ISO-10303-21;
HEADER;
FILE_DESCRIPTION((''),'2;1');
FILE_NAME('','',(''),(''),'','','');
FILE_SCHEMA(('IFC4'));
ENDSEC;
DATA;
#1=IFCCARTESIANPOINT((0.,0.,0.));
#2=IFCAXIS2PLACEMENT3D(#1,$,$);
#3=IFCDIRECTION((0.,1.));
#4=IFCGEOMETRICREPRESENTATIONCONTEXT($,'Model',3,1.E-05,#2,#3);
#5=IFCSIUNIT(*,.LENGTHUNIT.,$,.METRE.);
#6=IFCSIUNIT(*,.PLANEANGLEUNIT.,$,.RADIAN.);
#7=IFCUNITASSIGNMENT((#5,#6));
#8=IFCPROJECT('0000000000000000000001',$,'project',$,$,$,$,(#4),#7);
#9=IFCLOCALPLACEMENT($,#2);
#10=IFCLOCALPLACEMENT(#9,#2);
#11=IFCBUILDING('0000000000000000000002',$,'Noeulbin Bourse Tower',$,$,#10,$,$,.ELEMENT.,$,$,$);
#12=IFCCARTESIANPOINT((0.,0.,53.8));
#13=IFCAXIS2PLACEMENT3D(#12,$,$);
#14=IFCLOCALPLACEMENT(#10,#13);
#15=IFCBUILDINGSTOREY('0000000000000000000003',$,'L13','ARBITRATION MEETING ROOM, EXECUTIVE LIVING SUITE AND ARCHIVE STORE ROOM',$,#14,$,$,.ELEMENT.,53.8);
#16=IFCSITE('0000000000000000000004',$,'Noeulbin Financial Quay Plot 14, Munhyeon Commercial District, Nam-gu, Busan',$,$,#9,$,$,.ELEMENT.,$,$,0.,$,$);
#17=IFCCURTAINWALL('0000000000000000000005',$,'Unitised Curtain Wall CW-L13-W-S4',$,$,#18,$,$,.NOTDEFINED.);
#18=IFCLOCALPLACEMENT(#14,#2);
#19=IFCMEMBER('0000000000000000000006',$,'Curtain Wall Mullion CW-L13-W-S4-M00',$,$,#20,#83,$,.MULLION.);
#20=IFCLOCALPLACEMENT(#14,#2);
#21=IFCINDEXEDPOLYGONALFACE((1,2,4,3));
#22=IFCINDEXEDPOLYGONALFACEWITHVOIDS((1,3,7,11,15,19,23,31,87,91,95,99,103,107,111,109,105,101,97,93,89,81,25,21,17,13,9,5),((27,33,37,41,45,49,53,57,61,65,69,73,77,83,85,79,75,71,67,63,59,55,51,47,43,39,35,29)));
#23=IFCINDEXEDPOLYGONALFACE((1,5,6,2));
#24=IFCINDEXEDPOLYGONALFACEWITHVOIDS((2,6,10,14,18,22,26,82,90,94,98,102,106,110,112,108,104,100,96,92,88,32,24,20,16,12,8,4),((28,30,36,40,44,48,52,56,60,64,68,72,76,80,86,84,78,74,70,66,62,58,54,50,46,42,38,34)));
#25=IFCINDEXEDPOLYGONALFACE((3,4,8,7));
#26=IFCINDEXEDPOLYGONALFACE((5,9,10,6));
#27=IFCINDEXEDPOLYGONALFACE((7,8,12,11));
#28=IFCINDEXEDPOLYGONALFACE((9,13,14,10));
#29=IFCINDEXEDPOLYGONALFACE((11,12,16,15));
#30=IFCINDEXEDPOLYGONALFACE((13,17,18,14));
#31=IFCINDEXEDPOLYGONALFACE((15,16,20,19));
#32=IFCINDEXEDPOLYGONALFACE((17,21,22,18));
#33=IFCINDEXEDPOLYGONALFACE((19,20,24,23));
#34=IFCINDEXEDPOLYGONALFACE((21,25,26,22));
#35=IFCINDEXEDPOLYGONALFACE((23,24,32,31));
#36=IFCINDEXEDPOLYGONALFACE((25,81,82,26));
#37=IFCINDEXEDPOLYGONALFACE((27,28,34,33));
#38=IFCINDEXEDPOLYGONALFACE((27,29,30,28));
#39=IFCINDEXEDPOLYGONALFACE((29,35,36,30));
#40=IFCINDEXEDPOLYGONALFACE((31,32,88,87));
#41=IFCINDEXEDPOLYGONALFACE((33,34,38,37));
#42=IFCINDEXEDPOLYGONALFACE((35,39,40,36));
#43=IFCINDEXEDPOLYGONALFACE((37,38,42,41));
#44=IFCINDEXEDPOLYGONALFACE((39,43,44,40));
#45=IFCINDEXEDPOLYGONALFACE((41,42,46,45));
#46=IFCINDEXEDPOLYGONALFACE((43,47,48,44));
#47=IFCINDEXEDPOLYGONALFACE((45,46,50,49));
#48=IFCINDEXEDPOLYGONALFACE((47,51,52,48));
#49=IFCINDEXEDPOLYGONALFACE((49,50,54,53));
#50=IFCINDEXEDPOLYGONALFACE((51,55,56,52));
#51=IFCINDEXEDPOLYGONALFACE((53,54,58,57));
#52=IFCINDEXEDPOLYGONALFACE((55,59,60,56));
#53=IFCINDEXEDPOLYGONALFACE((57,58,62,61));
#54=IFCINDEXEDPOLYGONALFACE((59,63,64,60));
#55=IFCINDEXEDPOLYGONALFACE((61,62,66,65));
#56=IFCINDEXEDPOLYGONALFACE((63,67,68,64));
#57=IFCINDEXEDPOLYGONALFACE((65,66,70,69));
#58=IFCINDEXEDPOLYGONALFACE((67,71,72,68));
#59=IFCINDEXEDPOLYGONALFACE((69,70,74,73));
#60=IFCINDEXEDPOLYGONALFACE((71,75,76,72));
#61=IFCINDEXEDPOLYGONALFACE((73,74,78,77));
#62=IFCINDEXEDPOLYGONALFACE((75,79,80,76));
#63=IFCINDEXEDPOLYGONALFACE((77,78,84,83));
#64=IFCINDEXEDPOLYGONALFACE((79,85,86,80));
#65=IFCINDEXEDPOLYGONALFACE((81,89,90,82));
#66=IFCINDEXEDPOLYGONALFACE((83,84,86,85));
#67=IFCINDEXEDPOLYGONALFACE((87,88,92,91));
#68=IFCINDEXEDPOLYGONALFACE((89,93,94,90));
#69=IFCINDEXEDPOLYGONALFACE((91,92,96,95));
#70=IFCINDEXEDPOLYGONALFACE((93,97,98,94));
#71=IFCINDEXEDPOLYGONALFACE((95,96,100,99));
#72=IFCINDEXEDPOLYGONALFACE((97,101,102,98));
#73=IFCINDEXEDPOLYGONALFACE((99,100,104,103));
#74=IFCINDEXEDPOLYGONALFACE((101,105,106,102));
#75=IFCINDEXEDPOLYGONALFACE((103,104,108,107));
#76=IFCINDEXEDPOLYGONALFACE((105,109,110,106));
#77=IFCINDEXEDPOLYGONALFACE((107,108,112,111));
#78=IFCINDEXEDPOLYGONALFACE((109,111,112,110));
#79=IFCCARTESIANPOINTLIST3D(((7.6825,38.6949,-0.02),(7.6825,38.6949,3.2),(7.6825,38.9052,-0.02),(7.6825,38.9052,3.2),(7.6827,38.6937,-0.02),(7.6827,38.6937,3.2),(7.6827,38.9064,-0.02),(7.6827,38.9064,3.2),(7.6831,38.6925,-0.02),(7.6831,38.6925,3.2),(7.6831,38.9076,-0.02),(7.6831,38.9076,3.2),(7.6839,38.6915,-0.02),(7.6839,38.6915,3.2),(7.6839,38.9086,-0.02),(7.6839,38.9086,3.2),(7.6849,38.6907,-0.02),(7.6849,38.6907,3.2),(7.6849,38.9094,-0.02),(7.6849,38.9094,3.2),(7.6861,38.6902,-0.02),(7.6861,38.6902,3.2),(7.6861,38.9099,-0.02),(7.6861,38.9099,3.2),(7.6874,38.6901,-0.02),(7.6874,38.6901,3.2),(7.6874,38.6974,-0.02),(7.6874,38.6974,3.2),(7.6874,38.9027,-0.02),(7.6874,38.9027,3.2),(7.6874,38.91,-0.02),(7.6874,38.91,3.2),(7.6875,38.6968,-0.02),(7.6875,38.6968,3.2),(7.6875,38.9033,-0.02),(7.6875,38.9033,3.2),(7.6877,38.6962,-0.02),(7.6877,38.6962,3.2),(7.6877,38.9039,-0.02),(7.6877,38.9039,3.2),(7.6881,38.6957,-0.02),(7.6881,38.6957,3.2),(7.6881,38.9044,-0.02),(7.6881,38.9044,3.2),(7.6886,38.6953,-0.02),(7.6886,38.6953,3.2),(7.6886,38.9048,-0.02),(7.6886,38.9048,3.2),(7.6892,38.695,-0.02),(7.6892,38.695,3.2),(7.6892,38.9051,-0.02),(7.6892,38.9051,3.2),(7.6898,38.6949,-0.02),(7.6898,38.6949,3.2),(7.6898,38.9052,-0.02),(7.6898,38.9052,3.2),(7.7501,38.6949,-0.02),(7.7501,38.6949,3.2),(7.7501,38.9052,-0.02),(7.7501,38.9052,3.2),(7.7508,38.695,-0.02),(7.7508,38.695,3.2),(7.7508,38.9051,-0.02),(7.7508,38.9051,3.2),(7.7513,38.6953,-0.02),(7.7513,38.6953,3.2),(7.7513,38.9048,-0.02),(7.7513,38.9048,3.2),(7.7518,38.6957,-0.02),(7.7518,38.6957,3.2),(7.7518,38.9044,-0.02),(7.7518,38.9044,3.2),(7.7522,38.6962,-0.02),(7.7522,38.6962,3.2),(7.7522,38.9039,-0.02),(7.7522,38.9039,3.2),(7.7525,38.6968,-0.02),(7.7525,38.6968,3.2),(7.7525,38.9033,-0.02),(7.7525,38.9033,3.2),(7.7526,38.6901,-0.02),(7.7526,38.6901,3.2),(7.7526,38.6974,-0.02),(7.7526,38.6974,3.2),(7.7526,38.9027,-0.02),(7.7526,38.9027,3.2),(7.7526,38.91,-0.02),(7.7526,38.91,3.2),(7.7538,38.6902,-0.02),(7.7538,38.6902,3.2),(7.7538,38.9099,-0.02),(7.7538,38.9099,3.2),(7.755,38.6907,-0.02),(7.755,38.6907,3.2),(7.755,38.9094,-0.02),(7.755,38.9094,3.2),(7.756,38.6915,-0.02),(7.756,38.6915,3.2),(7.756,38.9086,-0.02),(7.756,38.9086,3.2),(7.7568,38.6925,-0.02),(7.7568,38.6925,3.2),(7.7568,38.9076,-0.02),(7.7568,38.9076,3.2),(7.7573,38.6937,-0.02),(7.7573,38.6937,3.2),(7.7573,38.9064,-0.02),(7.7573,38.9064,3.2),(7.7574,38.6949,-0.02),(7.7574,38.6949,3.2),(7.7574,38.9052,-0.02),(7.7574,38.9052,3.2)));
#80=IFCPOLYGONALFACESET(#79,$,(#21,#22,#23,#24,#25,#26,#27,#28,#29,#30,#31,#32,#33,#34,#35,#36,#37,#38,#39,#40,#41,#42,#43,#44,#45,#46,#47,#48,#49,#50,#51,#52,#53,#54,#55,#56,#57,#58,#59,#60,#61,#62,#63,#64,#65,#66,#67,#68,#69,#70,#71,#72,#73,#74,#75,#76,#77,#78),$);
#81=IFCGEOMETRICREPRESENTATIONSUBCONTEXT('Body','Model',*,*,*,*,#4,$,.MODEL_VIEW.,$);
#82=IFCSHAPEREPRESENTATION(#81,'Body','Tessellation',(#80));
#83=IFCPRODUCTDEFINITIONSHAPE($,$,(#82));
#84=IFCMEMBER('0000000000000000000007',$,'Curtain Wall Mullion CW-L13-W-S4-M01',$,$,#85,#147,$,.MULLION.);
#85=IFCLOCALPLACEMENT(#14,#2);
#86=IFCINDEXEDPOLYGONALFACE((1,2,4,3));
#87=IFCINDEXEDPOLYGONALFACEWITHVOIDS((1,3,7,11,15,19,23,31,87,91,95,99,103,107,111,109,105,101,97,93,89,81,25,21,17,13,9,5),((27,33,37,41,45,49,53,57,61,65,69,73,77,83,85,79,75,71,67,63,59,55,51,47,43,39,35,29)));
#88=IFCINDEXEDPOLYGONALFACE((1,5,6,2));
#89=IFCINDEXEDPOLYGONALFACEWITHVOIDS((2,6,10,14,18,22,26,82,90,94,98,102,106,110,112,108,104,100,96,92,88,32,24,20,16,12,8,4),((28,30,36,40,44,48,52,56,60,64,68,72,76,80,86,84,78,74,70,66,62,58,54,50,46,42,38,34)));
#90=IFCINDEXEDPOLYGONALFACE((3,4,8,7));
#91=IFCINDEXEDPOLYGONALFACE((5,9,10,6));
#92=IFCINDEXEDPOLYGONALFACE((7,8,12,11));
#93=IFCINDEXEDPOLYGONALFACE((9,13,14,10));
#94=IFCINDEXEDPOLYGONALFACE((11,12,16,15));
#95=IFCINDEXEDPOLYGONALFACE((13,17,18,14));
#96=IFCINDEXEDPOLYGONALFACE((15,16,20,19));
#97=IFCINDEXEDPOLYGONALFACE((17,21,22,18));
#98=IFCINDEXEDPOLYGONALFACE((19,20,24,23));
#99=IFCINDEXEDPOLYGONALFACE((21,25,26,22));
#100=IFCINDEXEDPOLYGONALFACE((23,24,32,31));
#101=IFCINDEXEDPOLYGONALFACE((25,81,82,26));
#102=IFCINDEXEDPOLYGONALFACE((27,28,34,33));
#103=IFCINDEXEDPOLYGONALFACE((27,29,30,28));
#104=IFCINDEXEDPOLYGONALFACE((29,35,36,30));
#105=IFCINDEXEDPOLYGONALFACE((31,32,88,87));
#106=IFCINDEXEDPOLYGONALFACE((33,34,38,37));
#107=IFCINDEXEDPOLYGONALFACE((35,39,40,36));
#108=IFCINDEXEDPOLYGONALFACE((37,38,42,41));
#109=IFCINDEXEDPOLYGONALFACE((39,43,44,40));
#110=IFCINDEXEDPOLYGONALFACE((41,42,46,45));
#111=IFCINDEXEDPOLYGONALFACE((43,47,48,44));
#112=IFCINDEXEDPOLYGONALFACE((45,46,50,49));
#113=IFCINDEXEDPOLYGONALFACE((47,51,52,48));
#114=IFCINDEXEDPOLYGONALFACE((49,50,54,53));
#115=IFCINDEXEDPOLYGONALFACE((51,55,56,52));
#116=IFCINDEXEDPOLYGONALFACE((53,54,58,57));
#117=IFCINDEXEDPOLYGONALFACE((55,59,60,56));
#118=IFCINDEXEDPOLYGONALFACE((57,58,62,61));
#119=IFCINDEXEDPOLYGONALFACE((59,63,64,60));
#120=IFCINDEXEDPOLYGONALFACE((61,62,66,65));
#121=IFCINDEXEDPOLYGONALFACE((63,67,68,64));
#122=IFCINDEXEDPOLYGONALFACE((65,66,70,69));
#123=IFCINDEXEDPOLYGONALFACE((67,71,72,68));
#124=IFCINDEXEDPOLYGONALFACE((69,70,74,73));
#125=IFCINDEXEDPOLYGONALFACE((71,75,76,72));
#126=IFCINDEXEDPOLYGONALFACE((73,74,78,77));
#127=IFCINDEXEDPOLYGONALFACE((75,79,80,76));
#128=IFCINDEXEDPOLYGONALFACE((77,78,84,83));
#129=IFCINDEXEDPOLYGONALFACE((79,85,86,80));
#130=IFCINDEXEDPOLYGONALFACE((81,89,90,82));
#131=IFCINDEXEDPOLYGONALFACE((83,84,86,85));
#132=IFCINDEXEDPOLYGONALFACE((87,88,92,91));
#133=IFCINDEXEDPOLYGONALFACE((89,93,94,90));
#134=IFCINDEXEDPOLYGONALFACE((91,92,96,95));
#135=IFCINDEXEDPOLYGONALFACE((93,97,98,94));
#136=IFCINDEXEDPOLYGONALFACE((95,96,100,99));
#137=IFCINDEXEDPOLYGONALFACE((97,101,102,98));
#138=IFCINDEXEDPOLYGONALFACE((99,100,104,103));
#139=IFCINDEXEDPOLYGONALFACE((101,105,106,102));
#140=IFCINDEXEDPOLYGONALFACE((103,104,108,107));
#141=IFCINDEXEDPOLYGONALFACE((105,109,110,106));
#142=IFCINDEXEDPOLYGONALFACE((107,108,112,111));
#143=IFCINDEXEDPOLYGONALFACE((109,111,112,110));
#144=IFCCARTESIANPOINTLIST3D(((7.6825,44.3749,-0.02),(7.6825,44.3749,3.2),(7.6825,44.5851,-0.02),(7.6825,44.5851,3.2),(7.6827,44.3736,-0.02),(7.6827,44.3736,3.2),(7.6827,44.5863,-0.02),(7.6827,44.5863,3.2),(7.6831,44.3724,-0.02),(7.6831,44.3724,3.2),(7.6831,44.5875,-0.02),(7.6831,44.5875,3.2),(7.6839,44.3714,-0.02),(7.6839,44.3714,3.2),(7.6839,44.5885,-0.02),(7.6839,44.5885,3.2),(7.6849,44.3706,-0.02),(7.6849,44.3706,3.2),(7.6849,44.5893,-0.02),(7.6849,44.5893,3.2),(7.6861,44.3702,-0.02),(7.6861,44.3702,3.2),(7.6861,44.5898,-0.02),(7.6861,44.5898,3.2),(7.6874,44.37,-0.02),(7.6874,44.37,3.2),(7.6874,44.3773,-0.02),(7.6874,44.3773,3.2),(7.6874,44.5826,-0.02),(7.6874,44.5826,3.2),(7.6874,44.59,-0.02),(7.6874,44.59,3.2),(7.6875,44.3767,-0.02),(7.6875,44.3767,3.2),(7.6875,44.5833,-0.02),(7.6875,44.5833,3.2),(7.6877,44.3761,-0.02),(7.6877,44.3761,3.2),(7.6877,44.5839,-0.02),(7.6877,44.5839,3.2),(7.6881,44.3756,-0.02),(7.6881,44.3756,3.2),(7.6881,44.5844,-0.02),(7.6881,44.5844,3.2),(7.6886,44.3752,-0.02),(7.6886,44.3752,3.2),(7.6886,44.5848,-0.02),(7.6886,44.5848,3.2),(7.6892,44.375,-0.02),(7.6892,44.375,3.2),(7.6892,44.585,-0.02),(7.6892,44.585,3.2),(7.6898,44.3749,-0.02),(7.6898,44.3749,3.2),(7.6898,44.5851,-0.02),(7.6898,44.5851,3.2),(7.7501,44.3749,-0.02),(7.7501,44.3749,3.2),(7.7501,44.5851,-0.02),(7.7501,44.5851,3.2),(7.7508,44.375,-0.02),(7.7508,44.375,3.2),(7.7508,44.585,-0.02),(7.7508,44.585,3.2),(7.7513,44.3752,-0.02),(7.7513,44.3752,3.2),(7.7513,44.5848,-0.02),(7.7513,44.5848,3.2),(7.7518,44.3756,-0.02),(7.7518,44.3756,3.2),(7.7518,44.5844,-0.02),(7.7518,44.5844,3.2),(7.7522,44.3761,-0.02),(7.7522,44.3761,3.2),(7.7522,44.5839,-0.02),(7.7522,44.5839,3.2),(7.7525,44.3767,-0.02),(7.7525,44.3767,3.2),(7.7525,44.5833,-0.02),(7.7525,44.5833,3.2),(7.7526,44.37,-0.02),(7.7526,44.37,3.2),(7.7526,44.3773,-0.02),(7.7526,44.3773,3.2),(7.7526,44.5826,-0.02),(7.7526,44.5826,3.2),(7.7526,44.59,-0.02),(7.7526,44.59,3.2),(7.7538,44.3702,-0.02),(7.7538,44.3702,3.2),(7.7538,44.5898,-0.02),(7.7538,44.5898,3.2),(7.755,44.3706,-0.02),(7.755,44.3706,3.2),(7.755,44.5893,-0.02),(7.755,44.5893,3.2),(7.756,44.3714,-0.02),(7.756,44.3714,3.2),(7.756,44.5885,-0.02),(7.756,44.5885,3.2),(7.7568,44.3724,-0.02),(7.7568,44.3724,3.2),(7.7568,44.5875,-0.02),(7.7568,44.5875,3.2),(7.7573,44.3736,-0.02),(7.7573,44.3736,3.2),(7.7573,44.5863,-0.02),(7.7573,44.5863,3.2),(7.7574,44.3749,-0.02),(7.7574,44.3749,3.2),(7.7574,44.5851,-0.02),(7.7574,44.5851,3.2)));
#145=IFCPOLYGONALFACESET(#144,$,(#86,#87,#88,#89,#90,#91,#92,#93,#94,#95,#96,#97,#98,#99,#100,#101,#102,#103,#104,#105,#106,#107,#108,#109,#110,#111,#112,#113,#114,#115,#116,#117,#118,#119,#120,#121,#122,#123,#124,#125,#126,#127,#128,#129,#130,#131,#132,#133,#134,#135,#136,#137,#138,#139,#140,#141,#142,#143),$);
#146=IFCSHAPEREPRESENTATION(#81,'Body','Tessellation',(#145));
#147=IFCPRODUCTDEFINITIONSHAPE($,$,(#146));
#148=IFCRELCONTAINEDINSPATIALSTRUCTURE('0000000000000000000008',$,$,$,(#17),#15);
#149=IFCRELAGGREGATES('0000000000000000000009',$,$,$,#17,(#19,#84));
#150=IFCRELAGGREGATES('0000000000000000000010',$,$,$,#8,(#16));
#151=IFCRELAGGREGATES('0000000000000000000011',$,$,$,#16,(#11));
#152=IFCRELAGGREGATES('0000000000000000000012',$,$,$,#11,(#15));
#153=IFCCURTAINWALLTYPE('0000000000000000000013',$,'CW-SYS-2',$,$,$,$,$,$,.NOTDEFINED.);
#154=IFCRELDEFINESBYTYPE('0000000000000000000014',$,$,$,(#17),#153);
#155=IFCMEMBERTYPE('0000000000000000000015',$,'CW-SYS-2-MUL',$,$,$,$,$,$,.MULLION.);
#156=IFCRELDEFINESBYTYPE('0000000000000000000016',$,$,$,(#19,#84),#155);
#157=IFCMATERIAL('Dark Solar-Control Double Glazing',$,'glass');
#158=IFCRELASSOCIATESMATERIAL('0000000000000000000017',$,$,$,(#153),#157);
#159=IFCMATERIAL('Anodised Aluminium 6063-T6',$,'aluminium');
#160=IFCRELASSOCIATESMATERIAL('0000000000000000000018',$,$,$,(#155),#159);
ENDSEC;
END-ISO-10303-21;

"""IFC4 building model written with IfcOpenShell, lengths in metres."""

from ifc_helpers import new_model, si_unit, direction, frame, origin, origin_2d, place, context, subcontext, project, spatial, hollow_rectangle, extrude, material, material_profile, profile_set, type_object, element, aggregate, save


model = new_model("IFC4")

# Units and contexts
model_context = context("Model", 3, precision=1e-05, world=origin(), true_north=direction((0.0, 1.0)))
body_context = subcontext(model_context, "Body", "Model", "MODEL_VIEW")
ifc_project = project(units=[si_unit("LENGTHUNIT", "METRE"), si_unit("PLANEANGLEUNIT", "RADIAN")], contexts=[model_context])

# Site, building, storey
site_placement = place(None, origin())
site = spatial("IfcSite", under=ifc_project, at=site_placement, Name="Noeulbin Financial Quay Plot 14, Munhyeon Commercial District, Nam-gu, Busan", CompositionType="ELEMENT", RefElevation=0.0)
building_placement = place(site_placement, origin())
building = spatial("IfcBuilding", under=site, at=building_placement, Name="Noeulbin Bourse Tower", CompositionType="ELEMENT")
storey_placement = place(building_placement, frame((0.0, 0.0, 53.8)))
storey = spatial("IfcBuildingStorey", under=building, at=storey_placement, Name="L13", Description="ARBITRATION MEETING ROOM, EXECUTIVE LIVING SUITE AND ARCHIVE STORE ROOM", CompositionType="ELEMENT", Elevation=53.8)

# Shared definitions
ifc_material_1 = material(Name="Dark Solar-Control Double Glazing", Category="glass")
curtain_wall_type = type_object("IfcCurtainWallType", Name="CW-SYS-2", PredefinedType="NOTDEFINED", material=ifc_material_1)
ifc_material_2 = material(Name="Anodised Aluminium 6063-T6", Category="aluminium")
ifc_material_profile_1 = material_profile(ifc_material_2, hollow_rectangle(XDim=0.075, YDim=0.22, WallThickness=0.0049, InnerFilletRadius=0.0024, OuterFilletRadius=0.0049, at=origin_2d()), Name="ALU-MULL-75x220x5", Category="LoadBearing")
ifc_profile_set_1 = profile_set([ifc_material_profile_1], Name="Anodised Aluminium 6063-T6")
member_type_1 = type_object("IfcMemberType", Name="CW-SYS-2-MUL", PredefinedType="MULLION", material=ifc_profile_set_1)

# Curtain wall, members
curtain_wall_1_placement = place(storey_placement, origin())
curtain_wall_1 = element("IfcCurtainWall", 1, at=curtain_wall_1_placement, inside=storey, type_object=curtain_wall_type, Name="Unitised Curtain Wall CW-L13-W-S4", PredefinedType="NOTDEFINED")
member_1_placement = place(storey_placement, frame((7.72, 38.8, -0.02), z_axis=(0.0, 0.0, 1.0), x_axis=(1.0, 0.0, 0.0)))
member_1 = element("IfcMember", 2, at=member_1_placement, type_object=member_type_1, Name="Curtain Wall Mullion CW-L13-W-S4-M00", PredefinedType="MULLION", context=body_context, shape_type="SweptSolid", body=[
    extrude(hollow_rectangle(XDim=0.075, YDim=0.22, WallThickness=0.0049, InnerFilletRadius=0.0024, OuterFilletRadius=0.0049, at=origin_2d()), origin(), (0.0, 0.0, 1.0), 3.22),
])
member_2_placement = place(storey_placement, frame((7.72, 44.48, -0.02), z_axis=(0.0, 0.0, 1.0), x_axis=(1.0, 0.0, 0.0)))
member_2 = element("IfcMember", 3, at=member_2_placement, type_object=member_type_1, Name="Curtain Wall Mullion CW-L13-W-S4-M01", PredefinedType="MULLION", context=body_context, shape_type="SweptSolid", body=[
    extrude(hollow_rectangle(XDim=0.075, YDim=0.22, WallThickness=0.0049, InnerFilletRadius=0.0024, OuterFilletRadius=0.0049, at=origin_2d()), origin(), (0.0, 0.0, 1.0), 3.22),
])

aggregate(curtain_wall_1, [member_1, member_2])

save(model, "model.ifc")
